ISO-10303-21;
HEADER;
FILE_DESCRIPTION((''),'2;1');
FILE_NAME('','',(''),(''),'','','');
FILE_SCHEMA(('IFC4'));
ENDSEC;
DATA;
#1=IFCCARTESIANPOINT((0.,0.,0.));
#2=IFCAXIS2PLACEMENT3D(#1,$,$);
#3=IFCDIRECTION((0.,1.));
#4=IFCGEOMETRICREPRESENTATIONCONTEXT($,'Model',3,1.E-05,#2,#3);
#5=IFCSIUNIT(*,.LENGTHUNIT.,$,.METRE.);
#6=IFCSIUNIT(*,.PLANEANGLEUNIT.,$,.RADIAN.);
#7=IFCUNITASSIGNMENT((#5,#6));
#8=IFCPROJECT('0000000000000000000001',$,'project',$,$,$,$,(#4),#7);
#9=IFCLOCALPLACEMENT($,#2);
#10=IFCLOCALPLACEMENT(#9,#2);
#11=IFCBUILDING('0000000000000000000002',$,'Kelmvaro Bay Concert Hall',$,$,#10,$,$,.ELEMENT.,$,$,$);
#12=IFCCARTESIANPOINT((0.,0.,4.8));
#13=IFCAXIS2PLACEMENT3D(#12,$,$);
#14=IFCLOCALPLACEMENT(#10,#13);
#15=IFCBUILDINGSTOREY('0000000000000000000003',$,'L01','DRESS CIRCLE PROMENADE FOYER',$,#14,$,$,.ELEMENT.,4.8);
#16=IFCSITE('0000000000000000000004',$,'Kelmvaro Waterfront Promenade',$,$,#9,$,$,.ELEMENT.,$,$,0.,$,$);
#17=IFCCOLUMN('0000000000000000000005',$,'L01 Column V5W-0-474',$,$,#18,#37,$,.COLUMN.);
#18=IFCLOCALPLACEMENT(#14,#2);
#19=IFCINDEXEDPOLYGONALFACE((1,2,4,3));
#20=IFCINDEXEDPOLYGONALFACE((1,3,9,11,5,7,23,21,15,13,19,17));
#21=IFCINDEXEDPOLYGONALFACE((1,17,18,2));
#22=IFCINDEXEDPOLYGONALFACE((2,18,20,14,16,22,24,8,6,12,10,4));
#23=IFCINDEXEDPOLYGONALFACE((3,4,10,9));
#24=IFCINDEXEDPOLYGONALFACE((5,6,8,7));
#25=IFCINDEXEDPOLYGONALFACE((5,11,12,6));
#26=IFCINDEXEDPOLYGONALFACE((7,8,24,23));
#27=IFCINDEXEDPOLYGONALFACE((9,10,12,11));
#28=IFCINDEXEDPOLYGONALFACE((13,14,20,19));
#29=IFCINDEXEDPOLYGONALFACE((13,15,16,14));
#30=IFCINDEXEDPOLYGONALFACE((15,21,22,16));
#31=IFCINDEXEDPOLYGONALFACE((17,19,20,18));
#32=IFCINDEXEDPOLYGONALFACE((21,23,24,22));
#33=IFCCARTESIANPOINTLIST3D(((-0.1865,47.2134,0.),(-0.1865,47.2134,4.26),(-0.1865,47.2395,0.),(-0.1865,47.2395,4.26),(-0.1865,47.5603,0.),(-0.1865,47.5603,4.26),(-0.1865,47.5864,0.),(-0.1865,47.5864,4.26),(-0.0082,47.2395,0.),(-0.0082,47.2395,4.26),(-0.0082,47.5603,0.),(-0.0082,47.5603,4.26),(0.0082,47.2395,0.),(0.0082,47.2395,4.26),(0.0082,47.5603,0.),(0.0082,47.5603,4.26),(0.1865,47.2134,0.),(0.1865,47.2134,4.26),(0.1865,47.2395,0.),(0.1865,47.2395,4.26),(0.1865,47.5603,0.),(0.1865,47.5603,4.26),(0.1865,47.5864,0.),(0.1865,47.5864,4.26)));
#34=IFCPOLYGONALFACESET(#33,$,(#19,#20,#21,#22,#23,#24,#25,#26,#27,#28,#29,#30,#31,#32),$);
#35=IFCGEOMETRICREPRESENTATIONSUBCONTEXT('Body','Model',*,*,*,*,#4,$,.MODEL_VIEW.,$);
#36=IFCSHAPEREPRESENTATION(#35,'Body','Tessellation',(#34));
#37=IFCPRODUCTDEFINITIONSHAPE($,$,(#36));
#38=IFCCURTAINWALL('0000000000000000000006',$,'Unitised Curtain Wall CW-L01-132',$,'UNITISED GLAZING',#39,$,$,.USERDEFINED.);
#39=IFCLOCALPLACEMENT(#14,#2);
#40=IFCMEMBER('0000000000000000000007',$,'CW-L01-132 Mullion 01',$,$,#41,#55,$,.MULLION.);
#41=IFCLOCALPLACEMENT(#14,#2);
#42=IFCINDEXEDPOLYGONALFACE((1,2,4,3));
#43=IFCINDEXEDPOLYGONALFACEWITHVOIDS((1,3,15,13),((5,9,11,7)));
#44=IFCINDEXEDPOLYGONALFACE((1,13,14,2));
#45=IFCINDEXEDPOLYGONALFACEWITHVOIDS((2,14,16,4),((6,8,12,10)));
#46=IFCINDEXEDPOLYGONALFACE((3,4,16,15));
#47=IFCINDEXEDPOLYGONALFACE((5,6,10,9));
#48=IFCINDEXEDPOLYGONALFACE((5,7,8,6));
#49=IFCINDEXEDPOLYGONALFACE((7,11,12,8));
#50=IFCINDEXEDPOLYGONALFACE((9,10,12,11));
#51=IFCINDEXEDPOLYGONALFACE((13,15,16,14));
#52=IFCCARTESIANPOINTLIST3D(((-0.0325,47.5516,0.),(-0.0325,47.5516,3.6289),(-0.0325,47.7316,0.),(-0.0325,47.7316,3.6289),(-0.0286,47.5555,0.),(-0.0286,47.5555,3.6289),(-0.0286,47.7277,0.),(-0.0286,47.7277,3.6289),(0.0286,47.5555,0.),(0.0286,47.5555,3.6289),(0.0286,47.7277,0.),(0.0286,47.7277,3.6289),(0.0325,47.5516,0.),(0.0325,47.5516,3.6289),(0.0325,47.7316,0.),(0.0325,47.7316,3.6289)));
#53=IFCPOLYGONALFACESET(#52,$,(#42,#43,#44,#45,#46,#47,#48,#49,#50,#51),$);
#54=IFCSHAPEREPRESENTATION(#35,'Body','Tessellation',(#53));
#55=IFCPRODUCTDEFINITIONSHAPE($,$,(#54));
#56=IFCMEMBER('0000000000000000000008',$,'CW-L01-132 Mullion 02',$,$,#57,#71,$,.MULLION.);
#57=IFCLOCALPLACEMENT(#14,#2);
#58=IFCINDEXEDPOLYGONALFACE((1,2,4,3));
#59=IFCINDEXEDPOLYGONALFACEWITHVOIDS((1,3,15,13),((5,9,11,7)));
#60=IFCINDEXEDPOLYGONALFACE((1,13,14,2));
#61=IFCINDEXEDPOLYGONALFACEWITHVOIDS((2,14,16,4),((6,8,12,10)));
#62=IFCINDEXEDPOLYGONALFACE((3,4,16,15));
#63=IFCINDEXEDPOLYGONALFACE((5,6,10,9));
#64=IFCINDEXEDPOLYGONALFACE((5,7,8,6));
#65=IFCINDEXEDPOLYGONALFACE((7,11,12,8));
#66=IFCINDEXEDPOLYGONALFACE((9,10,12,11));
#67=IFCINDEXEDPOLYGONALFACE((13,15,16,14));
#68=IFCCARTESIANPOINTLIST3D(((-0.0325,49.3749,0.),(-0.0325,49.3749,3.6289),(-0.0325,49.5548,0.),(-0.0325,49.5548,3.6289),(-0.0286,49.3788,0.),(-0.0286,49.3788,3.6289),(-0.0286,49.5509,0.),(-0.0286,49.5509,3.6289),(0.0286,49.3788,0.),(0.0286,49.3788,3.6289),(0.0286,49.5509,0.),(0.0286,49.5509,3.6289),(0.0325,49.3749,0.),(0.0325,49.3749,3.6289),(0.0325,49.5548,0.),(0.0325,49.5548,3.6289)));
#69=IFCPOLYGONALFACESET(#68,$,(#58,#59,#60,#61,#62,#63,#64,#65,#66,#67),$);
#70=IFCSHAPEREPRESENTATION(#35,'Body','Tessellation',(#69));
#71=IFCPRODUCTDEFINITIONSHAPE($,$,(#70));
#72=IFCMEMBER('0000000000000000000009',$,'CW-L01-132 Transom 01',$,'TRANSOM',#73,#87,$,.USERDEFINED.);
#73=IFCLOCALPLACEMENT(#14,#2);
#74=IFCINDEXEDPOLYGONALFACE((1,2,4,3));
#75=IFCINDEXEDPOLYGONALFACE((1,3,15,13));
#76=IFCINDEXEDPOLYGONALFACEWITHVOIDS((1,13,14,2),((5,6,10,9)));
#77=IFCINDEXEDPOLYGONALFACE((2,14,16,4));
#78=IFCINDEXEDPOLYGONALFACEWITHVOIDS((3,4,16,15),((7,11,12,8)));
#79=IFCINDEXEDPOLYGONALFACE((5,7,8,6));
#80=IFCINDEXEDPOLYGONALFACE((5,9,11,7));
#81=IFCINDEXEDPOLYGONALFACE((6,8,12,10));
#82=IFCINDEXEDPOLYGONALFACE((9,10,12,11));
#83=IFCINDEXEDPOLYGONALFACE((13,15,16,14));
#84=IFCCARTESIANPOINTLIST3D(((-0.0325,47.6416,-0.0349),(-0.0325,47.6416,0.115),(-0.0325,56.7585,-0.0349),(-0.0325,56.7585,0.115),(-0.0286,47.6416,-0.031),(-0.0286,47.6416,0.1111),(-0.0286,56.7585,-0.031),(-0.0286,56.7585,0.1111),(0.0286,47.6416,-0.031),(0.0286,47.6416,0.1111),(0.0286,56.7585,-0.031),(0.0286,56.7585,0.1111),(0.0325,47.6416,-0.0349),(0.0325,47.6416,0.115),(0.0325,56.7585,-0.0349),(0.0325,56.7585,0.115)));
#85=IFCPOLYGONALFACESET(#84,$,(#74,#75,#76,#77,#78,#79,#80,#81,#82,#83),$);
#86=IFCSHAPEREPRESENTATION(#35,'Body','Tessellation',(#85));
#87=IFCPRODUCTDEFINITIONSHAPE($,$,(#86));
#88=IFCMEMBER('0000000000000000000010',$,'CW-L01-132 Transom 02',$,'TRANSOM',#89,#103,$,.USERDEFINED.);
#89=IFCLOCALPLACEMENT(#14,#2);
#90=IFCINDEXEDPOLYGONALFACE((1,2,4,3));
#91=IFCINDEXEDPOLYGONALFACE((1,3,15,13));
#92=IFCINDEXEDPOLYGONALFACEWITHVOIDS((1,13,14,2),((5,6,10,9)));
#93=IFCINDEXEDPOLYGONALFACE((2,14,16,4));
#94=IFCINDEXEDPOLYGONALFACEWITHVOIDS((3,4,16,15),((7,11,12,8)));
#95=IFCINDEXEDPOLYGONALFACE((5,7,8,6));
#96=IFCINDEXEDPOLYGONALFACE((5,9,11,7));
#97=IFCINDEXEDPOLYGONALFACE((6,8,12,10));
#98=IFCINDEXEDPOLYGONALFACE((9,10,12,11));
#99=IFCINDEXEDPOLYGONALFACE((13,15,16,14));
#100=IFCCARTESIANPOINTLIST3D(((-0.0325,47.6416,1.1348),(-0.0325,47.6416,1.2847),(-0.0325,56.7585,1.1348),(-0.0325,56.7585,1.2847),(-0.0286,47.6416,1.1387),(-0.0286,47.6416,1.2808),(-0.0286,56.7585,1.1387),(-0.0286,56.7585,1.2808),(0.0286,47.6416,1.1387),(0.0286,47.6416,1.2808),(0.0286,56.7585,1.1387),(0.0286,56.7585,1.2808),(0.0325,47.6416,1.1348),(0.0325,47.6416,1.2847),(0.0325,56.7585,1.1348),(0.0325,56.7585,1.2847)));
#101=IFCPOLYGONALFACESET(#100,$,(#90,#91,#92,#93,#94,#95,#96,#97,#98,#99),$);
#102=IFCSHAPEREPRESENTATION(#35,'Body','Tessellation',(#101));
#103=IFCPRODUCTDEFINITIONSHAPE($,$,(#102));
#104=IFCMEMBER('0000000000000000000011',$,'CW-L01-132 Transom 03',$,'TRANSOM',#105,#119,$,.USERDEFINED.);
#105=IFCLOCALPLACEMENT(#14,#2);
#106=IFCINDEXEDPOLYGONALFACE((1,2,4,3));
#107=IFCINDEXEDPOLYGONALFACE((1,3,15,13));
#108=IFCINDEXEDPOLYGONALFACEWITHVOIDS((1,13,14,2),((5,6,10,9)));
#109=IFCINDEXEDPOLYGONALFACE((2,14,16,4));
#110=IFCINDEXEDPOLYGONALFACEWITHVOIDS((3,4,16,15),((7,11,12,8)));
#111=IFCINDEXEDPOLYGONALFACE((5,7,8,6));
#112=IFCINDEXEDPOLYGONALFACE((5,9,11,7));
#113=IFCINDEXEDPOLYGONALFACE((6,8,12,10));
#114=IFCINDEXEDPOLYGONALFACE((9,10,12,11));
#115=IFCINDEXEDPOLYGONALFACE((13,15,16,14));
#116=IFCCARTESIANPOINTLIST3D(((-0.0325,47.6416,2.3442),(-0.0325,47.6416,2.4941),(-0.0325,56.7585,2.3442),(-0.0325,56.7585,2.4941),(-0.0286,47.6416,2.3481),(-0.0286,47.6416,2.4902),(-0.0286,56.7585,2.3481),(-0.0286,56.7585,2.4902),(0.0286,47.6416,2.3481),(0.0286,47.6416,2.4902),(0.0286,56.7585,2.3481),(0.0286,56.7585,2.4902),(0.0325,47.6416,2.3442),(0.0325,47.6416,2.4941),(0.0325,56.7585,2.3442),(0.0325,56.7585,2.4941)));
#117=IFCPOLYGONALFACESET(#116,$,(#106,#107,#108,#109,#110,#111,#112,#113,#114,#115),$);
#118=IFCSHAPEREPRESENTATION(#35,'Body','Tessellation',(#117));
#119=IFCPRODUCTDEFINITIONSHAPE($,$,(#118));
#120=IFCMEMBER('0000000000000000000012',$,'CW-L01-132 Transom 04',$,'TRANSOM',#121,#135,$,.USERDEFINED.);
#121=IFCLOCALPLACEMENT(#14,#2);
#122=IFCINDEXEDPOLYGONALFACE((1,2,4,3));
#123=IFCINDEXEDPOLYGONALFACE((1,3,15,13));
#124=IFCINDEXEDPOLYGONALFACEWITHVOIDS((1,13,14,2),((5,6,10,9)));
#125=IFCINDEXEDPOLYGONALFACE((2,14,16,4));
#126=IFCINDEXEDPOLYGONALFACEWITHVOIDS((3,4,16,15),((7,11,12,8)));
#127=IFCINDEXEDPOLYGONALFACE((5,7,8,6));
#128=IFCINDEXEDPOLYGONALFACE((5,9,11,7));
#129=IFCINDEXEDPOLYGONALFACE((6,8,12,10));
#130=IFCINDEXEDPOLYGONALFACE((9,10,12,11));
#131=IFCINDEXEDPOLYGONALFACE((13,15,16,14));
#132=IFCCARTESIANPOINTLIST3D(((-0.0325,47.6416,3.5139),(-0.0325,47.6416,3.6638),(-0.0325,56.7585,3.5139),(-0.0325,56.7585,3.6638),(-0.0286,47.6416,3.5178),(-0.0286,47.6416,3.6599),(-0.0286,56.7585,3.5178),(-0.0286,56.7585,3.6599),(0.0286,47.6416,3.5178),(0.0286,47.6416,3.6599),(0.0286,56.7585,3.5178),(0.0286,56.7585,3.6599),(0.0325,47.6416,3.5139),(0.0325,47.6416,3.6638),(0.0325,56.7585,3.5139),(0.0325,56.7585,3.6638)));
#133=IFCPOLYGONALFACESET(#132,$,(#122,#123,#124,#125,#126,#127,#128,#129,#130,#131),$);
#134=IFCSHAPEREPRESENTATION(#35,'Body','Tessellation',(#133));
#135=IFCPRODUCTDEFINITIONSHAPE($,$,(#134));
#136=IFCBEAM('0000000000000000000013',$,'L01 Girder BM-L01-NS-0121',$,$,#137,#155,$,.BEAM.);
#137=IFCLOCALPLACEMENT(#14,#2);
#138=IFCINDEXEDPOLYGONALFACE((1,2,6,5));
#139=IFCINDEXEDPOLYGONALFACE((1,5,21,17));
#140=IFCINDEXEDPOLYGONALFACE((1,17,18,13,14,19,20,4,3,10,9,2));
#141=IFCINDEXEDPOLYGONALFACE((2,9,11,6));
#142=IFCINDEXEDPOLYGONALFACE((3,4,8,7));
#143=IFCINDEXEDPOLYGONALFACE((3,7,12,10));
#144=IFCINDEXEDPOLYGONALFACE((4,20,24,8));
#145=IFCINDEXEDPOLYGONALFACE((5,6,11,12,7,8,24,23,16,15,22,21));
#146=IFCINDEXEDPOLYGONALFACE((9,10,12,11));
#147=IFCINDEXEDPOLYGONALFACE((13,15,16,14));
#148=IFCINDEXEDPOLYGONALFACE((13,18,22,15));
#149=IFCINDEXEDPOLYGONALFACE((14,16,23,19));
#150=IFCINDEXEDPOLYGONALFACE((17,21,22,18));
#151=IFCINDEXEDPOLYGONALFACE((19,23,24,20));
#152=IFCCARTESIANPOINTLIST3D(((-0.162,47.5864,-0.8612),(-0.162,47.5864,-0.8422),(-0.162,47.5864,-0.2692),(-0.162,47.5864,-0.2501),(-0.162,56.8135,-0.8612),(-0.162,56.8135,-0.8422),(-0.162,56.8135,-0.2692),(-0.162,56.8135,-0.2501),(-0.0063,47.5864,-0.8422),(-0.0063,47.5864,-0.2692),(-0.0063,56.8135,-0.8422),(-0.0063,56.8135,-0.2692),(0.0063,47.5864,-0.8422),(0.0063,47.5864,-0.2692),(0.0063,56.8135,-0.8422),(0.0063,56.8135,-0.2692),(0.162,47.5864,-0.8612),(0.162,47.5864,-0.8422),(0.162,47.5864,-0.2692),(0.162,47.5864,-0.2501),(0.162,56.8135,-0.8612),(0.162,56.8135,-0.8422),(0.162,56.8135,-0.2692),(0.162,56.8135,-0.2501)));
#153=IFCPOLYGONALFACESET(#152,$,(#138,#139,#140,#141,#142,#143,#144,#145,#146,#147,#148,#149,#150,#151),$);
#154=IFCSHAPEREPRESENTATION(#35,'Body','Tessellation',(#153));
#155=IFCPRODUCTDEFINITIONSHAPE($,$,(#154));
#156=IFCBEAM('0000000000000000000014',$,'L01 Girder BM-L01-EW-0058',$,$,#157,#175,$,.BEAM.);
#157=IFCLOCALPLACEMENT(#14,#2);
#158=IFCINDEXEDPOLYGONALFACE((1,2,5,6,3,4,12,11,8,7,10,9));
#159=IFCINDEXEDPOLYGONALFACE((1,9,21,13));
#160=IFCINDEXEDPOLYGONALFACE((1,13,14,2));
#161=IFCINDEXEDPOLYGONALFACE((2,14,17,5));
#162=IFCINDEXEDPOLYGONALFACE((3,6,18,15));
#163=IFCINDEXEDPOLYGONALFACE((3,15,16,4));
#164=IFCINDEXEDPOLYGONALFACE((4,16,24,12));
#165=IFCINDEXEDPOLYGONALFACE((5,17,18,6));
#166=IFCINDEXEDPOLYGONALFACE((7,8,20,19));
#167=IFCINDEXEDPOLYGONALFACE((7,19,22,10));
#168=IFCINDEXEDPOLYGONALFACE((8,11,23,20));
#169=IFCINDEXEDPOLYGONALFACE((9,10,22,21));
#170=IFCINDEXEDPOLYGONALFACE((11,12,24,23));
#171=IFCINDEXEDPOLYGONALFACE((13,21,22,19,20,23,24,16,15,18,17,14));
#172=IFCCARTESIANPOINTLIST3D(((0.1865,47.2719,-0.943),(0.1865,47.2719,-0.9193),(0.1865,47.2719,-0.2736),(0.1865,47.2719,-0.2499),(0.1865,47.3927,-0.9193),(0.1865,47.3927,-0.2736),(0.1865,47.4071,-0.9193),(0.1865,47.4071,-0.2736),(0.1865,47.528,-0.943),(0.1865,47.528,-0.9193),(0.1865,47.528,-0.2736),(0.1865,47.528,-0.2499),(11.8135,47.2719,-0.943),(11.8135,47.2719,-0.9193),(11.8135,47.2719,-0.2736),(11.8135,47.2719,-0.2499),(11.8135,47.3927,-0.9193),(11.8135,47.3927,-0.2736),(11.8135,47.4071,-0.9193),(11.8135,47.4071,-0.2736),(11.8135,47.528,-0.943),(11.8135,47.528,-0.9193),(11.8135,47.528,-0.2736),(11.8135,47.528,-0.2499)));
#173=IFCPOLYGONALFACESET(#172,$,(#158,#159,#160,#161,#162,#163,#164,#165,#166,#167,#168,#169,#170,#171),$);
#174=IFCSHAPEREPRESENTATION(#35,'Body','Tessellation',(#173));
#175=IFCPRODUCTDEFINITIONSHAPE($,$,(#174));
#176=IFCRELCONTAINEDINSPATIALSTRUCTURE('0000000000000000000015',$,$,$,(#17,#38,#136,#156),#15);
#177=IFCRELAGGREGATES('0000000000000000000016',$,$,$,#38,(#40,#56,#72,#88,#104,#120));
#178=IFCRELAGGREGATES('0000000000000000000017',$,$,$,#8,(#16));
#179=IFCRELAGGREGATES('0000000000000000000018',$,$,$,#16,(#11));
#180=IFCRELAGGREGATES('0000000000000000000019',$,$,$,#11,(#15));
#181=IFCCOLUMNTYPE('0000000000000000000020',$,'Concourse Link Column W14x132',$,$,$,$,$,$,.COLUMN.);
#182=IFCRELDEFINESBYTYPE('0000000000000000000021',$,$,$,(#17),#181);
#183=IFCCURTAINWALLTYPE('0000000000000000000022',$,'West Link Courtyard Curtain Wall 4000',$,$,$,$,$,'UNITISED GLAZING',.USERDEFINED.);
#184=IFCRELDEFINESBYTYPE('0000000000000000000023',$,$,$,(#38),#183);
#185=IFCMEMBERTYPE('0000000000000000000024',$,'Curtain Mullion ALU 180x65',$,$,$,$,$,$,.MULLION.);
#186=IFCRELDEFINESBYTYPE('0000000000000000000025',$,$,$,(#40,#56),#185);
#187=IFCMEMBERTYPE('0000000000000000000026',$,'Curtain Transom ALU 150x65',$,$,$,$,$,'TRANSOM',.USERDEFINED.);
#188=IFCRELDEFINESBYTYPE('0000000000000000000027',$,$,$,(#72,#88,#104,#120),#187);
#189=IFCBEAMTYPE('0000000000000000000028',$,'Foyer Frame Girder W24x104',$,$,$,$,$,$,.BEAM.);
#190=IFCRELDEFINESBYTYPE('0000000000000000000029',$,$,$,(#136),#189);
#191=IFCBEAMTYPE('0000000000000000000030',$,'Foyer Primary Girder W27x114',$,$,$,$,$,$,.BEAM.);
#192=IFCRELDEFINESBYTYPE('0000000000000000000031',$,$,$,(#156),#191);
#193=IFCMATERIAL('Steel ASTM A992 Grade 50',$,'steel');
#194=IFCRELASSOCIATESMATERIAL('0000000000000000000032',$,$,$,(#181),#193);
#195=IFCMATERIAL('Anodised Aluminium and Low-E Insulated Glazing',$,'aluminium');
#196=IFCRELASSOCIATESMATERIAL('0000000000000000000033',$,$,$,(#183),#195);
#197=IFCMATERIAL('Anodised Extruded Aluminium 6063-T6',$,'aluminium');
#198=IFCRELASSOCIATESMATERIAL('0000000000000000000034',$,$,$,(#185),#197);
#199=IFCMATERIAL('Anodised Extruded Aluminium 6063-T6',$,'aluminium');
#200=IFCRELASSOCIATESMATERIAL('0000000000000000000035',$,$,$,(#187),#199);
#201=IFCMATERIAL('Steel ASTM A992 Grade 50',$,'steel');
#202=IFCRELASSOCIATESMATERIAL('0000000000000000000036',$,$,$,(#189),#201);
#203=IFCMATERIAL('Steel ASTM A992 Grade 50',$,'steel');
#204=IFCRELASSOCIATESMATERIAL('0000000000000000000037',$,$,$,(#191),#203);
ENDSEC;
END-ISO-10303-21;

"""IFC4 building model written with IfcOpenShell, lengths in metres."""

from ifc_helpers import new_model, si_unit, direction, frame, origin, origin_2d, place, context, subcontext, project, spatial, hollow_rectangle, i_section, extrude, material, material_profile, profile_set, type_object, element, aggregate, save


model = new_model("IFC4")

# Units and contexts
model_context = context("Model", 3, precision=1e-05, world=origin(), true_north=direction((0.0, 1.0)))
body_context = subcontext(model_context, "Body", "Model", "MODEL_VIEW")
ifc_project = project(units=[si_unit("LENGTHUNIT", "METRE"), si_unit("PLANEANGLEUNIT", "RADIAN")], contexts=[model_context])

# Site, building, storey
site_placement = place(None, origin())
site = spatial("IfcSite", under=ifc_project, at=site_placement, Name="Kelmvaro Waterfront Promenade", CompositionType="ELEMENT", RefElevation=0.0)
building_placement = place(site_placement, origin())
building = spatial("IfcBuilding", under=site, at=building_placement, Name="Kelmvaro Bay Concert Hall", CompositionType="ELEMENT")
storey_placement = place(building_placement, frame((0.0, 0.0, 4.8)))
storey = spatial("IfcBuildingStorey", under=building, at=storey_placement, Name="L01", Description="DRESS CIRCLE PROMENADE FOYER", CompositionType="ELEMENT", Elevation=4.8)

# Column
ifc_material_1 = material(Name="Steel ASTM A992 Grade 50", Category="steel")
ifc_material_profile_1 = material_profile(ifc_material_1, i_section(OverallWidth=0.373, OverallDepth=0.373, WebThickness=0.0164, FlangeThickness=0.0261, at=origin_2d()), Name="W14X132")
ifc_profile_set_1 = profile_set([ifc_material_profile_1], Name="Steel ASTM A992 Grade 50")
column_type = type_object("IfcColumnType", Name="Concourse Link Column W14x132", PredefinedType="COLUMN", material=ifc_profile_set_1)
column_placement = place(storey_placement, frame((0.0, 47.3999, 0.0), z_axis=(0.0, 0.0, 1.0), x_axis=(1.0, 0.0, 0.0)))
element("IfcColumn", 1, at=column_placement, inside=storey, type_object=column_type, Name="L01 Column V5W-0-474", PredefinedType="COLUMN", context=body_context, shape_type="SweptSolid", body=[
    extrude(i_section(OverallWidth=0.373, OverallDepth=0.373, WebThickness=0.0164, FlangeThickness=0.0261, at=origin_2d()), origin(), (0.0, 0.0, 1.0), 4.26),
])

# Curtain wall, members
ifc_material_2 = material(Name="Anodised Aluminium and Low-E Insulated Glazing", Category="aluminium")
curtain_wall_type = type_object("IfcCurtainWallType", Name="West Link Courtyard Curtain Wall 4000", ElementType="UNITISED GLAZING", PredefinedType="USERDEFINED", material=ifc_material_2)
curtain_wall_placement = place(storey_placement, origin())
curtain_wall = element("IfcCurtainWall", 2, at=curtain_wall_placement, inside=storey, type_object=curtain_wall_type, Name="Unitised Curtain Wall CW-L01-132", ObjectType="UNITISED GLAZING", PredefinedType="USERDEFINED")
ifc_material_3 = material(Name="Anodised Extruded Aluminium 6063-T6", Category="aluminium")
ifc_material_profile_2 = material_profile(ifc_material_3, hollow_rectangle(XDim=0.0649, YDim=0.1799, WallThickness=0.0039, at=origin_2d()), Name="ALU-MUL-180X65")
ifc_profile_set_2 = profile_set([ifc_material_profile_2], Name="Anodised Extruded Aluminium 6063-T6")
member_type_1 = type_object("IfcMemberType", Name="Curtain Mullion ALU 180x65", PredefinedType="MULLION", material=ifc_profile_set_2)
member_1_placement = place(storey_placement, frame((0.0, 47.6416, 0.0), z_axis=(0.0, 0.0, 1.0), x_axis=(1.0, 0.0, 0.0)))
member_1 = element("IfcMember", 3, at=member_1_placement, type_object=member_type_1, Name="CW-L01-132 Mullion 01", PredefinedType="MULLION", context=body_context, shape_type="SweptSolid", body=[
    extrude(hollow_rectangle(XDim=0.0649, YDim=0.1799, WallThickness=0.0039, at=origin_2d()), origin(), (0.0, 0.0, 1.0), 3.6289),
])
member_2_placement = place(storey_placement, frame((0.0, 49.4648, 0.0), z_axis=(0.0, 0.0, 1.0), x_axis=(1.0, 0.0, 0.0)))
member_2 = element("IfcMember", 4, at=member_2_placement, type_object=member_type_1, Name="CW-L01-132 Mullion 02", PredefinedType="MULLION", context=body_context, shape_type="SweptSolid", body=[
    extrude(hollow_rectangle(XDim=0.0649, YDim=0.1799, WallThickness=0.0039, at=origin_2d()), origin(), (0.0, 0.0, 1.0), 3.6289),
])
ifc_material_4 = material(Name="Anodised Extruded Aluminium 6063-T6", Category="aluminium")
ifc_material_profile_3 = material_profile(ifc_material_4, hollow_rectangle(XDim=0.0649, YDim=0.1499, WallThickness=0.0039, at=origin_2d()), Name="ALU-TRN-150X65")
ifc_profile_set_3 = profile_set([ifc_material_profile_3], Name="Anodised Extruded Aluminium 6063-T6")
member_type_2 = type_object("IfcMemberType", Name="Curtain Transom ALU 150x65", ElementType="TRANSOM", PredefinedType="USERDEFINED", material=ifc_profile_set_3)
member_3_placement = place(storey_placement, frame((0.0, 47.6416, 0.04), z_axis=(0.0, 1.0, 0.0), x_axis=(-1.0, 0.0, 0.0)))
member_3 = element("IfcMember", 5, at=member_3_placement, type_object=member_type_2, Name="CW-L01-132 Transom 01", ObjectType="TRANSOM", PredefinedType="USERDEFINED", context=body_context, shape_type="SweptSolid", body=[
    extrude(hollow_rectangle(XDim=0.0649, YDim=0.1499, WallThickness=0.0039, at=origin_2d()), origin(), (0.0, 0.0, 1.0), 9.1169),
])
member_4_placement = place(storey_placement, frame((0.0, 47.6416, 1.2097), z_axis=(0.0, 1.0, 0.0), x_axis=(-1.0, 0.0, 0.0)))
member_4 = element("IfcMember", 6, at=member_4_placement, type_object=member_type_2, Name="CW-L01-132 Transom 02", ObjectType="TRANSOM", PredefinedType="USERDEFINED", context=body_context, shape_type="SweptSolid", body=[
    extrude(hollow_rectangle(XDim=0.0649, YDim=0.1499, WallThickness=0.0039, at=origin_2d()), origin(), (0.0, 0.0, 1.0), 9.1169),
])
member_5_placement = place(storey_placement, frame((0.0, 47.6416, 2.4192), z_axis=(0.0, 1.0, 0.0), x_axis=(-1.0, 0.0, 0.0)))
member_5 = element("IfcMember", 7, at=member_5_placement, type_object=member_type_2, Name="CW-L01-132 Transom 03", ObjectType="TRANSOM", PredefinedType="USERDEFINED", context=body_context, shape_type="SweptSolid", body=[
    extrude(hollow_rectangle(XDim=0.0649, YDim=0.1499, WallThickness=0.0039, at=origin_2d()), origin(), (0.0, 0.0, 1.0), 9.1169),
])
member_6_placement = place(storey_placement, frame((0.0, 47.6416, 3.5889), z_axis=(0.0, 1.0, 0.0), x_axis=(-1.0, 0.0, 0.0)))
member_6 = element("IfcMember", 8, at=member_6_placement, type_object=member_type_2, Name="CW-L01-132 Transom 04", ObjectType="TRANSOM", PredefinedType="USERDEFINED", context=body_context, shape_type="SweptSolid", body=[
    extrude(hollow_rectangle(XDim=0.0649, YDim=0.1499, WallThickness=0.0039, at=origin_2d()), origin(), (0.0, 0.0, 1.0), 9.1169),
])

# Beams
ifc_material_5 = material(Name="Steel ASTM A992 Grade 50", Category="steel")
ifc_material_profile_4 = material_profile(ifc_material_5, i_section(OverallWidth=0.324, OverallDepth=0.6111, WebThickness=0.0127, FlangeThickness=0.019, at=origin_2d()), Name="W24X104")
ifc_profile_set_4 = profile_set([ifc_material_profile_4], Name="Steel ASTM A992 Grade 50")
beam_type_1 = type_object("IfcBeamType", Name="Foyer Frame Girder W24x104", PredefinedType="BEAM", material=ifc_profile_set_4)
beam_1_placement = place(storey_placement, frame((0.0, 47.5864, -0.5557), z_axis=(0.0, 1.0, 0.0), x_axis=(-1.0, 0.0, 0.0)))
element("IfcBeam", 9, at=beam_1_placement, inside=storey, type_object=beam_type_1, Name="L01 Girder BM-L01-NS-0121", PredefinedType="BEAM", context=body_context, shape_type="SweptSolid", body=[
    extrude(i_section(OverallWidth=0.324, OverallDepth=0.6111, WebThickness=0.0127, FlangeThickness=0.019, at=origin_2d()), origin(), (0.0, 0.0, 1.0), 9.2271),
])
ifc_material_6 = material(Name="Steel ASTM A992 Grade 50", Category="steel")
ifc_material_profile_5 = material_profile(ifc_material_6, i_section(OverallWidth=0.2561, OverallDepth=0.6931, WebThickness=0.0144, FlangeThickness=0.0237, at=origin_2d()), Name="W27X114")
ifc_profile_set_5 = profile_set([ifc_material_profile_5], Name="Steel ASTM A992 Grade 50")
beam_type_2 = type_object("IfcBeamType", Name="Foyer Primary Girder W27x114", PredefinedType="BEAM", material=ifc_profile_set_5)
beam_2_placement = place(storey_placement, frame((0.1865, 47.3999, -0.5964), z_axis=(1.0, 0.0, 0.0), x_axis=(0.0, 1.0, 0.0)))
element("IfcBeam", 10, at=beam_2_placement, inside=storey, type_object=beam_type_2, Name="L01 Girder BM-L01-EW-0058", PredefinedType="BEAM", context=body_context, shape_type="SweptSolid", body=[
    extrude(i_section(OverallWidth=0.2561, OverallDepth=0.6931, WebThickness=0.0144, FlangeThickness=0.0237, at=origin_2d()), origin(), (0.0, 0.0, 1.0), 11.627),
])

aggregate(curtain_wall, [member_1, member_2, member_3, member_4, member_5, member_6])

save(model, "model.ifc")
